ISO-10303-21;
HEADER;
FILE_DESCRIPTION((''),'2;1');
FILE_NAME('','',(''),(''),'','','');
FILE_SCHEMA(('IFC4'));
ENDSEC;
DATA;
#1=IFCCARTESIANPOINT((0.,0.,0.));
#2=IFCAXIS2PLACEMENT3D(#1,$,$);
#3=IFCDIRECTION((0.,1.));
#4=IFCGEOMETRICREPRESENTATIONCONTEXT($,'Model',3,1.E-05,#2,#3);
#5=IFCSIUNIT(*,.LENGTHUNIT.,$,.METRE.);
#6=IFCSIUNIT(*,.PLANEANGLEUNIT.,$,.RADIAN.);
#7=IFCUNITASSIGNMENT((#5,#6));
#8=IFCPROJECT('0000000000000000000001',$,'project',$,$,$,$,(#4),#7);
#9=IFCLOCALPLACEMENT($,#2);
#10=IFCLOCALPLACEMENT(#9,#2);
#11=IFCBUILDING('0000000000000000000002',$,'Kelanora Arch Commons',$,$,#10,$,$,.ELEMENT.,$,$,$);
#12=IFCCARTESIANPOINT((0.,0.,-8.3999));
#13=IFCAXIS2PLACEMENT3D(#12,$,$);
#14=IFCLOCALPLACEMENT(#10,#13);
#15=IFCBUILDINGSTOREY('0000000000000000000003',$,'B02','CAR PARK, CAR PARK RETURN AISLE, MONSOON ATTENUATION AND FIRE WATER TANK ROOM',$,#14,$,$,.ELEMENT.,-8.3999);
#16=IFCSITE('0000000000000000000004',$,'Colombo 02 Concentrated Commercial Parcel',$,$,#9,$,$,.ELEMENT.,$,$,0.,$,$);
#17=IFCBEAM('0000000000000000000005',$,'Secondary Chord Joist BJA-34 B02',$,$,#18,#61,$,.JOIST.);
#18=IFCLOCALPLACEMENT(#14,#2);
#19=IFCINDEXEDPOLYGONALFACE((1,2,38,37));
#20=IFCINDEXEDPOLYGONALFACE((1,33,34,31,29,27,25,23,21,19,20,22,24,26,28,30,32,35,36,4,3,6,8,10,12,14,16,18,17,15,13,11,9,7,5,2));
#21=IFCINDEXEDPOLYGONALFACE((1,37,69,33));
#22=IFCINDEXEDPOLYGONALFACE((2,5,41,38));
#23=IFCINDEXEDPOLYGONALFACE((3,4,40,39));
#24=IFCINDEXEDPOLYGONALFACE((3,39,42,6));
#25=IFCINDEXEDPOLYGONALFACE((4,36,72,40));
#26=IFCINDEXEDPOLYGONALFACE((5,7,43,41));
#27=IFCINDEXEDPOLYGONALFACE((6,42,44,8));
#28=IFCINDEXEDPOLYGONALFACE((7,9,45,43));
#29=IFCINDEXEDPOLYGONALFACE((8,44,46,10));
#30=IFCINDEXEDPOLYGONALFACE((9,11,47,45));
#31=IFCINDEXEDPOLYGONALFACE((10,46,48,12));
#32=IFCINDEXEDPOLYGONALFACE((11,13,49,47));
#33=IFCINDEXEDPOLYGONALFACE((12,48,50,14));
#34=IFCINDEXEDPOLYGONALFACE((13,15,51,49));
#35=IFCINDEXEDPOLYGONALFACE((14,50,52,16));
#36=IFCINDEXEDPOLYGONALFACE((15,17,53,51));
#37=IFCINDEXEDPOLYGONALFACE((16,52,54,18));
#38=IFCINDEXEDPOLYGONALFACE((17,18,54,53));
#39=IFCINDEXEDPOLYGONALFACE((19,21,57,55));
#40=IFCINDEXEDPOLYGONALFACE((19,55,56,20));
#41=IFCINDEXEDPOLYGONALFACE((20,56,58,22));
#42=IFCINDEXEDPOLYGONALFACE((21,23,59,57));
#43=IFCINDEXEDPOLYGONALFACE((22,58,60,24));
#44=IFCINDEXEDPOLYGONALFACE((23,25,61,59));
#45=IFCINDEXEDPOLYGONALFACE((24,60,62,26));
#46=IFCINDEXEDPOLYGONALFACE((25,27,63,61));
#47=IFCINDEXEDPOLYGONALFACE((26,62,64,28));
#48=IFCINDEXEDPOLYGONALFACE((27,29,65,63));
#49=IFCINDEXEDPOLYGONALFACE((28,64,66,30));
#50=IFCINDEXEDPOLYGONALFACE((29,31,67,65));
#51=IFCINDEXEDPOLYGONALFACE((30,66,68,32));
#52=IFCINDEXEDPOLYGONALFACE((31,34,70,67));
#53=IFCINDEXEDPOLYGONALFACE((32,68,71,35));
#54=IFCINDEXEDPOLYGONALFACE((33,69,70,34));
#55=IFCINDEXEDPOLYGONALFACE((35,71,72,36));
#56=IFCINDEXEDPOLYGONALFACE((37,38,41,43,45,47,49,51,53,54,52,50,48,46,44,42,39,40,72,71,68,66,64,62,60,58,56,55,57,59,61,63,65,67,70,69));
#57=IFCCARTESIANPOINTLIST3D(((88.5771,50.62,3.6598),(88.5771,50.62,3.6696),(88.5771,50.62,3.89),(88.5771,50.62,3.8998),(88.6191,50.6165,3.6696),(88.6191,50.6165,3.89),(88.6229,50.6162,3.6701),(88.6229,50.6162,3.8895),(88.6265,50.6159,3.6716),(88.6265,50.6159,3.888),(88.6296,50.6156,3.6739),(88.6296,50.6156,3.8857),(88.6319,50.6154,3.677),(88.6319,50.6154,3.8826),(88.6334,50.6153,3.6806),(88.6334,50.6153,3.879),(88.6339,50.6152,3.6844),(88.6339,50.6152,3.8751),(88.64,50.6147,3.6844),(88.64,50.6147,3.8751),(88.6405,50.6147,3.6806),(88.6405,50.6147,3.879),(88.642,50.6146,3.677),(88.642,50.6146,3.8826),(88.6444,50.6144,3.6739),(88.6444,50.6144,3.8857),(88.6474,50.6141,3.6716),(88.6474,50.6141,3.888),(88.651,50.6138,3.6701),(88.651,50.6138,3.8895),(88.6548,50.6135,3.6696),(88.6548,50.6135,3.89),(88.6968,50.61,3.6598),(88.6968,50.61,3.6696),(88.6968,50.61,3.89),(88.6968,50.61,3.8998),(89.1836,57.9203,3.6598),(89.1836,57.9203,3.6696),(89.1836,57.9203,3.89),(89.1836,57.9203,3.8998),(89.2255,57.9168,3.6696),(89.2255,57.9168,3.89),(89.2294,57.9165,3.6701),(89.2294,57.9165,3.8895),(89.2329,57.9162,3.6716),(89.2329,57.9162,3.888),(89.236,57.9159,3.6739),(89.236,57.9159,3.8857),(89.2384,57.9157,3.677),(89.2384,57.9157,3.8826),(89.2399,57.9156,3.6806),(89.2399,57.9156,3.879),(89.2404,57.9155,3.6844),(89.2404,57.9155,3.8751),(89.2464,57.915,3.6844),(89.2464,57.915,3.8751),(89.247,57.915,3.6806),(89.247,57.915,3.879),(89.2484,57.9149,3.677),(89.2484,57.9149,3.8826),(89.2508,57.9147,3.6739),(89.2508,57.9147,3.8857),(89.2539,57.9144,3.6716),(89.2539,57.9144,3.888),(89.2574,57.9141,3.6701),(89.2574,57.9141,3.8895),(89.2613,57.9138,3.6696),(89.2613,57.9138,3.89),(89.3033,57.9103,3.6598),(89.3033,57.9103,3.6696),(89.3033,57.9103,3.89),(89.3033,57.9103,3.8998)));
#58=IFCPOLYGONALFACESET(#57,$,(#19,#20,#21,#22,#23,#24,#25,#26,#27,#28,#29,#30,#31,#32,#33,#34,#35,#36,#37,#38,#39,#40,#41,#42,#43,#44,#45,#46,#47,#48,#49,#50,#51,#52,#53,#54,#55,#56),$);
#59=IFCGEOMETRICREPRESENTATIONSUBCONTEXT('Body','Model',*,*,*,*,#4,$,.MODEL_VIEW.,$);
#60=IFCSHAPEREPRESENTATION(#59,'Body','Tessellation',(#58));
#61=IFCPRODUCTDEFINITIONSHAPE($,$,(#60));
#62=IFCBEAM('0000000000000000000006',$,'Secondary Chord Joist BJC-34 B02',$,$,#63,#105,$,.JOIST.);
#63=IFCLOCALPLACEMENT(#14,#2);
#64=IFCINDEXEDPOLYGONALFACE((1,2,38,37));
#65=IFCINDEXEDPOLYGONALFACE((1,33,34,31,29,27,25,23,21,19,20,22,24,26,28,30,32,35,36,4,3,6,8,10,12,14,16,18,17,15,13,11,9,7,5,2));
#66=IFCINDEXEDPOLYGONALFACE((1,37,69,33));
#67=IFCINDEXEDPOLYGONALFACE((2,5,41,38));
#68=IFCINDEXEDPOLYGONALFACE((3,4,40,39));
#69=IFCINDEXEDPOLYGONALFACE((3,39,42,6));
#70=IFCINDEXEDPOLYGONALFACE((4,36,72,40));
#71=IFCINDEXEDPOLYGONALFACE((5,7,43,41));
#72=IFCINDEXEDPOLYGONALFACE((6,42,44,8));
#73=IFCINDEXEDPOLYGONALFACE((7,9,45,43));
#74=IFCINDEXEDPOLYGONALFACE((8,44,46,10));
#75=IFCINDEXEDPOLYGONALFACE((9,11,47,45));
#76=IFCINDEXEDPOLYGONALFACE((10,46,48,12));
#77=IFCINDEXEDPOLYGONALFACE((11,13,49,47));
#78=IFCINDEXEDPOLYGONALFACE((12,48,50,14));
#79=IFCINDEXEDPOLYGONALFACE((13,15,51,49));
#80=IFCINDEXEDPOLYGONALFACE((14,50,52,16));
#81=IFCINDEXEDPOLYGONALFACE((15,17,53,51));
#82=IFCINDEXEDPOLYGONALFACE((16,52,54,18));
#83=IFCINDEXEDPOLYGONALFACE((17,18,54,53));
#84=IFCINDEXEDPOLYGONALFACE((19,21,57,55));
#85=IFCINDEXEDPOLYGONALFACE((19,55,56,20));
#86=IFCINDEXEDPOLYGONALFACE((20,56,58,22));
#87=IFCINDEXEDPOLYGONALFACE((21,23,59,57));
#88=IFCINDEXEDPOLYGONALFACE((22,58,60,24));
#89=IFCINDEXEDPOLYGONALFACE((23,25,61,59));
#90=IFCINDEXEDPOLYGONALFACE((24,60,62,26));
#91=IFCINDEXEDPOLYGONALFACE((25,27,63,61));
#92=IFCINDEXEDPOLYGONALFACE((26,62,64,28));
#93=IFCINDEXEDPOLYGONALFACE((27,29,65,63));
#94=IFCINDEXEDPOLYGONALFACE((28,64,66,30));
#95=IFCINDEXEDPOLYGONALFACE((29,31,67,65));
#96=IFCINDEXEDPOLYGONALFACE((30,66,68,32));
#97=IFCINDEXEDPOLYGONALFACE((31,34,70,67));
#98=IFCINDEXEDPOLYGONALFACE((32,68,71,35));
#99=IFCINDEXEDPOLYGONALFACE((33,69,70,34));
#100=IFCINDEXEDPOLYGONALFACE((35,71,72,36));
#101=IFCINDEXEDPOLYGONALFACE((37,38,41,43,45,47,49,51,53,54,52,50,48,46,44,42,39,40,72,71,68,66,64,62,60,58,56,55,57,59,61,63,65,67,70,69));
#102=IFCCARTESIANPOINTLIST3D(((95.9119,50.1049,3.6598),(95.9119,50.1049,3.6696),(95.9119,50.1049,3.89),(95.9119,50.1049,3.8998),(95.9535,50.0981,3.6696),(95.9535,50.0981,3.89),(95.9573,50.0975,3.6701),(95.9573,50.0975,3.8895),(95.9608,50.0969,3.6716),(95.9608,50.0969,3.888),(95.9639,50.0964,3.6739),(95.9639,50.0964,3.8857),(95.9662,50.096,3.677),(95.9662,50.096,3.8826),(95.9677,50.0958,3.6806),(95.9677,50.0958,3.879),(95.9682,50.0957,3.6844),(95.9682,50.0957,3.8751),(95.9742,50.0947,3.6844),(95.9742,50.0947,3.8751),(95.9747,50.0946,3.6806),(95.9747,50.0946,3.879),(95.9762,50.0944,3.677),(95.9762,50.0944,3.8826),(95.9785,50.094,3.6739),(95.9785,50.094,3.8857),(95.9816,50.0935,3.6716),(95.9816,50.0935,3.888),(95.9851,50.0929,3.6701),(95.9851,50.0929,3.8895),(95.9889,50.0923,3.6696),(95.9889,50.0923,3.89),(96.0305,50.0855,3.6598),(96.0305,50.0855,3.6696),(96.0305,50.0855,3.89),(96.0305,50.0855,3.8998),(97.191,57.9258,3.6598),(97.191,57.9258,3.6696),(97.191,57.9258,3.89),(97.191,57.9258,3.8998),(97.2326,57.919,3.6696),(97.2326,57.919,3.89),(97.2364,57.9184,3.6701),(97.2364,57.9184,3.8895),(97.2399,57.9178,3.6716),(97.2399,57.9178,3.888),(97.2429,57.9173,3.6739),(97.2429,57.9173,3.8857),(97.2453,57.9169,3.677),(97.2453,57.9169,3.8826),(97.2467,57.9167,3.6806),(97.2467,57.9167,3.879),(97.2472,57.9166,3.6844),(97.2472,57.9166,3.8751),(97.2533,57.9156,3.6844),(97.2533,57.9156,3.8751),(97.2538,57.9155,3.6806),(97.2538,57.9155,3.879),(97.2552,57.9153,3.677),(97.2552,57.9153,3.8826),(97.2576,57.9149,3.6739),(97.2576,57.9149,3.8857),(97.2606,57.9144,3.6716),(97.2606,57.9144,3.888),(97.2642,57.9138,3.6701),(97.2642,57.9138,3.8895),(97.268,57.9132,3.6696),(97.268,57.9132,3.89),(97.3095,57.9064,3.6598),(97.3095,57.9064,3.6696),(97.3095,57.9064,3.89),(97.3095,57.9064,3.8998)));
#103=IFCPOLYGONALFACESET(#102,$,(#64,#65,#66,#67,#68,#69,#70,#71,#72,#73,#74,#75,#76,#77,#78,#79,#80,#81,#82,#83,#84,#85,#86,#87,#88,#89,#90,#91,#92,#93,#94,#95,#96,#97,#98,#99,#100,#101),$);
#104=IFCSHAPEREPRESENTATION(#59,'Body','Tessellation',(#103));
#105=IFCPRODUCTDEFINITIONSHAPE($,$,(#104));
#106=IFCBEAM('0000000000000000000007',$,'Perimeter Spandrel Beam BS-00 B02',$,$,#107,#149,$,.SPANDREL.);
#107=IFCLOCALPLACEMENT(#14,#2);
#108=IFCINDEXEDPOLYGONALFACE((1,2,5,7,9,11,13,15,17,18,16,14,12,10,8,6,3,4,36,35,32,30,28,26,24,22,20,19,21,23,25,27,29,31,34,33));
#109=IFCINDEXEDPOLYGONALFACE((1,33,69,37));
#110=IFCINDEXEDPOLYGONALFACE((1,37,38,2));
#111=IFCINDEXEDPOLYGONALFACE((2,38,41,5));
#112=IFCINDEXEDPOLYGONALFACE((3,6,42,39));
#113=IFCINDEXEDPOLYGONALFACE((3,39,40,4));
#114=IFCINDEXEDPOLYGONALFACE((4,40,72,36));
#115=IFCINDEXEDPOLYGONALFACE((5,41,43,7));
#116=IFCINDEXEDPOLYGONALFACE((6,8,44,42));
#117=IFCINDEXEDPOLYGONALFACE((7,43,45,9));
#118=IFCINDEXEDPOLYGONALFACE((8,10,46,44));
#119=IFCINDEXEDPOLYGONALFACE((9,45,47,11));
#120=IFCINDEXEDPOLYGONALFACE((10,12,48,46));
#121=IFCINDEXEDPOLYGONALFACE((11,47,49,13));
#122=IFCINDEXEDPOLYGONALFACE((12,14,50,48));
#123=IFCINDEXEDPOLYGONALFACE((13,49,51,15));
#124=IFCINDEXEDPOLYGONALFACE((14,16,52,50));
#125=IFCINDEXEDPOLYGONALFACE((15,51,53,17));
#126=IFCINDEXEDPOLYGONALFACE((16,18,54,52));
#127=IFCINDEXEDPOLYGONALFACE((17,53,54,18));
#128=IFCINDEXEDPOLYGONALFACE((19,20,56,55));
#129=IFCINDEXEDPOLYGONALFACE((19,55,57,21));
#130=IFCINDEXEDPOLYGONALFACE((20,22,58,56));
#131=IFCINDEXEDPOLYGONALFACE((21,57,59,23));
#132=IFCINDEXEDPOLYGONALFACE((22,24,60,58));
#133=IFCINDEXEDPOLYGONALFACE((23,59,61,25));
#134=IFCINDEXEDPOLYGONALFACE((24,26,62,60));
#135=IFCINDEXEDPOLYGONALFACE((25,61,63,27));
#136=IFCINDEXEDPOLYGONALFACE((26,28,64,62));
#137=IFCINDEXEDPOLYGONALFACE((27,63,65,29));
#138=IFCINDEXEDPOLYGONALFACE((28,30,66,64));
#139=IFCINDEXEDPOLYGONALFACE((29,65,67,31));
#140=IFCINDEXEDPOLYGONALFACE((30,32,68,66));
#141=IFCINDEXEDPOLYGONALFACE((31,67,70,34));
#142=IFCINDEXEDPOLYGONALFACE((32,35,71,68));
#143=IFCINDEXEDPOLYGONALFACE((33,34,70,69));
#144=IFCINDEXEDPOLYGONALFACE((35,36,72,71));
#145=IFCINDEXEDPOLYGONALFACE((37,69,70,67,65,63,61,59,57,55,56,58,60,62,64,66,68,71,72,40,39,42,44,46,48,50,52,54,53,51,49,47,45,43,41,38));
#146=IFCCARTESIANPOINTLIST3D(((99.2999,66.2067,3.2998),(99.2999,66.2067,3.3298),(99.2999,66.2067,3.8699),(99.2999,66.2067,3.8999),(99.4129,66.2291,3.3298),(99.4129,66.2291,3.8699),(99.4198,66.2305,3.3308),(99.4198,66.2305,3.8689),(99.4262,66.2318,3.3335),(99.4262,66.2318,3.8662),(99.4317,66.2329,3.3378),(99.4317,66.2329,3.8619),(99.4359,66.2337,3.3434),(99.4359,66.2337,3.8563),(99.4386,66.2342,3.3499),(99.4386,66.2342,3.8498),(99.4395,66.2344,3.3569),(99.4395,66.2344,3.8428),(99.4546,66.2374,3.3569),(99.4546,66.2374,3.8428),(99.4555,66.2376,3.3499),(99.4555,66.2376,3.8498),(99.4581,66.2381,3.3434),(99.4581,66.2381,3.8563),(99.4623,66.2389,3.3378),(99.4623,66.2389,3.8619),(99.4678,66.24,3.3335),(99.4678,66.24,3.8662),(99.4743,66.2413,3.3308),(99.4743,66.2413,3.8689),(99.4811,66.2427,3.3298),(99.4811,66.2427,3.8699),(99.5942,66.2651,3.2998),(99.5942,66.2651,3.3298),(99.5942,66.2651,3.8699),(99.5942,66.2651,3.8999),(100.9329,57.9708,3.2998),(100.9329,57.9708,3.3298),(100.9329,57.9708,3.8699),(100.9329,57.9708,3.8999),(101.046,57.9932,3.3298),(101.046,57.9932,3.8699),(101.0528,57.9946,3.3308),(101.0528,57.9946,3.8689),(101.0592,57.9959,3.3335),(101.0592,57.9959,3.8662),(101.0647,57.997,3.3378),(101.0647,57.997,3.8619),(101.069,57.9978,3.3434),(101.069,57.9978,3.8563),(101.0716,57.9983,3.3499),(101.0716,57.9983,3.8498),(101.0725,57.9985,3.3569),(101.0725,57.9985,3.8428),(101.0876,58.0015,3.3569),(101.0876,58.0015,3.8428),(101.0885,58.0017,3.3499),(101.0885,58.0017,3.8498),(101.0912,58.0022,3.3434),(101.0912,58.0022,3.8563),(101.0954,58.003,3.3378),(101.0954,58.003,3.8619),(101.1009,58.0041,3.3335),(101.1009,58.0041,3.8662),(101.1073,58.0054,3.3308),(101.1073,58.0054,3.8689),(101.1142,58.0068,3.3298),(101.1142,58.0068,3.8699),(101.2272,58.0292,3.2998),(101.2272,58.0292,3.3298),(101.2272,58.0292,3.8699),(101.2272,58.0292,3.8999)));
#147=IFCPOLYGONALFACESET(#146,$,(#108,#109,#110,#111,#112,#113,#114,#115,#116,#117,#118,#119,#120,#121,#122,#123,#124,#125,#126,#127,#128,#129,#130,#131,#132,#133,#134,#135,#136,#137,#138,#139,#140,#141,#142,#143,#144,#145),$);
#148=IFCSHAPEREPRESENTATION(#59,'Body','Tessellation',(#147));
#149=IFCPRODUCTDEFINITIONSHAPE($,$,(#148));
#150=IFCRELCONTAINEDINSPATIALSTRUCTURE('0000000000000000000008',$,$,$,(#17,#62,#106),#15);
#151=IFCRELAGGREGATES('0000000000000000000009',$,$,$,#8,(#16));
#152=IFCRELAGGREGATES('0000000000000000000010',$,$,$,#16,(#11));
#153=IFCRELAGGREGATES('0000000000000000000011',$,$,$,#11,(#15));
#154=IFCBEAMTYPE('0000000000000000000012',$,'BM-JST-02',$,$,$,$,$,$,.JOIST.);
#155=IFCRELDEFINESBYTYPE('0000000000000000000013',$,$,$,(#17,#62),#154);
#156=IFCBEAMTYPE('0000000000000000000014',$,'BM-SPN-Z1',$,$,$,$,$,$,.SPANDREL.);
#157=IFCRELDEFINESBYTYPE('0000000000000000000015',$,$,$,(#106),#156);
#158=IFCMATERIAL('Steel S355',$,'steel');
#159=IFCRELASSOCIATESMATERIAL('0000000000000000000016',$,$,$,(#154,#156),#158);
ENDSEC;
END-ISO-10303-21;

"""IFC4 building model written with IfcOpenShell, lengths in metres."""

from ifc_helpers import new_model, si_unit, direction, frame, origin, origin_2d, place, context, subcontext, project, spatial, i_section, extrude, material, material_profile, profile_set, type_object, element, save


model = new_model("IFC4")

# Units and contexts
model_context = context("Model", 3, precision=1e-05, world=origin(), true_north=direction((0.0, 1.0)))
body_context = subcontext(model_context, "Body", "Model", "MODEL_VIEW")
ifc_project = project(units=[si_unit("LENGTHUNIT", "METRE"), si_unit("PLANEANGLEUNIT", "RADIAN")], contexts=[model_context])

# Site, building, storey
site_placement = place(None, origin())
site = spatial("IfcSite", under=ifc_project, at=site_placement, Name="Colombo 02 Concentrated Commercial Parcel", CompositionType="ELEMENT", RefElevation=0.0)
building_placement = place(site_placement, origin())
building = spatial("IfcBuilding", under=site, at=building_placement, Name="Kelanora Arch Commons", CompositionType="ELEMENT")
storey_placement = place(building_placement, frame((0.0, 0.0, -8.3999)))
storey = spatial("IfcBuildingStorey", under=building, at=storey_placement, Name="B02", Description="CAR PARK, CAR PARK RETURN AISLE, MONSOON ATTENUATION AND FIRE WATER TANK ROOM", CompositionType="ELEMENT", Elevation=-8.3999)

# Shared definitions
ifc_material_1 = material(Name="Steel S355", Category="steel")

# Beams
ifc_material_profile_1 = material_profile(ifc_material_1, i_section(OverallWidth=0.1201, OverallDepth=0.24, WebThickness=0.0061, FlangeThickness=0.0098, FilletRadius=0.0149, at=origin_2d()), Name="IPE240")
ifc_profile_set_1 = profile_set([ifc_material_profile_1], Name="Steel S355")
beam_type_1 = type_object("IfcBeamType", Name="BM-JST-02", PredefinedType="JOIST", material=ifc_profile_set_1)
beam_1_placement = place(storey_placement, frame((88.637, 50.615, 3.7798), z_axis=(0.082786, 0.996567, 0.0), x_axis=(-0.996567, 0.082786, 0.0)))
element("IfcBeam", 1, at=beam_1_placement, inside=storey, type_object=beam_type_1, Name="Secondary Chord Joist BJA-34 B02", PredefinedType="JOIST", context=body_context, shape_type="SweptSolid", body=[
    extrude(i_section(OverallWidth=0.1201, OverallDepth=0.24, WebThickness=0.0061, FlangeThickness=0.0098, FilletRadius=0.0149, at=origin_2d()), origin(), (0.0, 0.0, 1.0), 7.3254),
])
beam_2_placement = place(storey_placement, frame((95.9712, 50.0952, 3.7798), z_axis=(0.161401, 0.986889, 0.0), x_axis=(-0.986889, 0.161401, 0.0)))
element("IfcBeam", 2, at=beam_2_placement, inside=storey, type_object=beam_type_1, Name="Secondary Chord Joist BJC-34 B02", PredefinedType="JOIST", context=body_context, shape_type="SweptSolid", body=[
    extrude(i_section(OverallWidth=0.1201, OverallDepth=0.24, WebThickness=0.0061, FlangeThickness=0.0098, FilletRadius=0.0149, at=origin_2d()), origin(), (0.0, 0.0, 1.0), 7.9248),
])
ifc_material_profile_2 = material_profile(ifc_material_1, i_section(OverallWidth=0.3, OverallDepth=0.6001, WebThickness=0.0154, FlangeThickness=0.03, FilletRadius=0.0271, at=origin_2d()), Name="HEB600")
ifc_profile_set_2 = profile_set([ifc_material_profile_2], Name="Steel S355")
beam_type_2 = type_object("IfcBeamType", Name="BM-SPN-Z1", PredefinedType="SPANDREL", material=ifc_profile_set_2)
beam_3_placement = place(storey_placement, frame((101.0801, 58.0, 3.5999), z_axis=(-0.1945, 0.980903, 0.0), x_axis=(-0.980903, -0.1945, 0.0)))
element("IfcBeam", 3, at=beam_3_placement, inside=storey, type_object=beam_type_2, Name="Perimeter Spandrel Beam BS-00 B02", PredefinedType="SPANDREL", context=body_context, shape_type="SweptSolid", body=[
    extrude(i_section(OverallWidth=0.3, OverallDepth=0.6001, WebThickness=0.0154, FlangeThickness=0.03, FilletRadius=0.0271, at=origin_2d()), origin(), (0.0, 0.0, 1.0), 8.3962),
])

save(model, "model.ifc")
